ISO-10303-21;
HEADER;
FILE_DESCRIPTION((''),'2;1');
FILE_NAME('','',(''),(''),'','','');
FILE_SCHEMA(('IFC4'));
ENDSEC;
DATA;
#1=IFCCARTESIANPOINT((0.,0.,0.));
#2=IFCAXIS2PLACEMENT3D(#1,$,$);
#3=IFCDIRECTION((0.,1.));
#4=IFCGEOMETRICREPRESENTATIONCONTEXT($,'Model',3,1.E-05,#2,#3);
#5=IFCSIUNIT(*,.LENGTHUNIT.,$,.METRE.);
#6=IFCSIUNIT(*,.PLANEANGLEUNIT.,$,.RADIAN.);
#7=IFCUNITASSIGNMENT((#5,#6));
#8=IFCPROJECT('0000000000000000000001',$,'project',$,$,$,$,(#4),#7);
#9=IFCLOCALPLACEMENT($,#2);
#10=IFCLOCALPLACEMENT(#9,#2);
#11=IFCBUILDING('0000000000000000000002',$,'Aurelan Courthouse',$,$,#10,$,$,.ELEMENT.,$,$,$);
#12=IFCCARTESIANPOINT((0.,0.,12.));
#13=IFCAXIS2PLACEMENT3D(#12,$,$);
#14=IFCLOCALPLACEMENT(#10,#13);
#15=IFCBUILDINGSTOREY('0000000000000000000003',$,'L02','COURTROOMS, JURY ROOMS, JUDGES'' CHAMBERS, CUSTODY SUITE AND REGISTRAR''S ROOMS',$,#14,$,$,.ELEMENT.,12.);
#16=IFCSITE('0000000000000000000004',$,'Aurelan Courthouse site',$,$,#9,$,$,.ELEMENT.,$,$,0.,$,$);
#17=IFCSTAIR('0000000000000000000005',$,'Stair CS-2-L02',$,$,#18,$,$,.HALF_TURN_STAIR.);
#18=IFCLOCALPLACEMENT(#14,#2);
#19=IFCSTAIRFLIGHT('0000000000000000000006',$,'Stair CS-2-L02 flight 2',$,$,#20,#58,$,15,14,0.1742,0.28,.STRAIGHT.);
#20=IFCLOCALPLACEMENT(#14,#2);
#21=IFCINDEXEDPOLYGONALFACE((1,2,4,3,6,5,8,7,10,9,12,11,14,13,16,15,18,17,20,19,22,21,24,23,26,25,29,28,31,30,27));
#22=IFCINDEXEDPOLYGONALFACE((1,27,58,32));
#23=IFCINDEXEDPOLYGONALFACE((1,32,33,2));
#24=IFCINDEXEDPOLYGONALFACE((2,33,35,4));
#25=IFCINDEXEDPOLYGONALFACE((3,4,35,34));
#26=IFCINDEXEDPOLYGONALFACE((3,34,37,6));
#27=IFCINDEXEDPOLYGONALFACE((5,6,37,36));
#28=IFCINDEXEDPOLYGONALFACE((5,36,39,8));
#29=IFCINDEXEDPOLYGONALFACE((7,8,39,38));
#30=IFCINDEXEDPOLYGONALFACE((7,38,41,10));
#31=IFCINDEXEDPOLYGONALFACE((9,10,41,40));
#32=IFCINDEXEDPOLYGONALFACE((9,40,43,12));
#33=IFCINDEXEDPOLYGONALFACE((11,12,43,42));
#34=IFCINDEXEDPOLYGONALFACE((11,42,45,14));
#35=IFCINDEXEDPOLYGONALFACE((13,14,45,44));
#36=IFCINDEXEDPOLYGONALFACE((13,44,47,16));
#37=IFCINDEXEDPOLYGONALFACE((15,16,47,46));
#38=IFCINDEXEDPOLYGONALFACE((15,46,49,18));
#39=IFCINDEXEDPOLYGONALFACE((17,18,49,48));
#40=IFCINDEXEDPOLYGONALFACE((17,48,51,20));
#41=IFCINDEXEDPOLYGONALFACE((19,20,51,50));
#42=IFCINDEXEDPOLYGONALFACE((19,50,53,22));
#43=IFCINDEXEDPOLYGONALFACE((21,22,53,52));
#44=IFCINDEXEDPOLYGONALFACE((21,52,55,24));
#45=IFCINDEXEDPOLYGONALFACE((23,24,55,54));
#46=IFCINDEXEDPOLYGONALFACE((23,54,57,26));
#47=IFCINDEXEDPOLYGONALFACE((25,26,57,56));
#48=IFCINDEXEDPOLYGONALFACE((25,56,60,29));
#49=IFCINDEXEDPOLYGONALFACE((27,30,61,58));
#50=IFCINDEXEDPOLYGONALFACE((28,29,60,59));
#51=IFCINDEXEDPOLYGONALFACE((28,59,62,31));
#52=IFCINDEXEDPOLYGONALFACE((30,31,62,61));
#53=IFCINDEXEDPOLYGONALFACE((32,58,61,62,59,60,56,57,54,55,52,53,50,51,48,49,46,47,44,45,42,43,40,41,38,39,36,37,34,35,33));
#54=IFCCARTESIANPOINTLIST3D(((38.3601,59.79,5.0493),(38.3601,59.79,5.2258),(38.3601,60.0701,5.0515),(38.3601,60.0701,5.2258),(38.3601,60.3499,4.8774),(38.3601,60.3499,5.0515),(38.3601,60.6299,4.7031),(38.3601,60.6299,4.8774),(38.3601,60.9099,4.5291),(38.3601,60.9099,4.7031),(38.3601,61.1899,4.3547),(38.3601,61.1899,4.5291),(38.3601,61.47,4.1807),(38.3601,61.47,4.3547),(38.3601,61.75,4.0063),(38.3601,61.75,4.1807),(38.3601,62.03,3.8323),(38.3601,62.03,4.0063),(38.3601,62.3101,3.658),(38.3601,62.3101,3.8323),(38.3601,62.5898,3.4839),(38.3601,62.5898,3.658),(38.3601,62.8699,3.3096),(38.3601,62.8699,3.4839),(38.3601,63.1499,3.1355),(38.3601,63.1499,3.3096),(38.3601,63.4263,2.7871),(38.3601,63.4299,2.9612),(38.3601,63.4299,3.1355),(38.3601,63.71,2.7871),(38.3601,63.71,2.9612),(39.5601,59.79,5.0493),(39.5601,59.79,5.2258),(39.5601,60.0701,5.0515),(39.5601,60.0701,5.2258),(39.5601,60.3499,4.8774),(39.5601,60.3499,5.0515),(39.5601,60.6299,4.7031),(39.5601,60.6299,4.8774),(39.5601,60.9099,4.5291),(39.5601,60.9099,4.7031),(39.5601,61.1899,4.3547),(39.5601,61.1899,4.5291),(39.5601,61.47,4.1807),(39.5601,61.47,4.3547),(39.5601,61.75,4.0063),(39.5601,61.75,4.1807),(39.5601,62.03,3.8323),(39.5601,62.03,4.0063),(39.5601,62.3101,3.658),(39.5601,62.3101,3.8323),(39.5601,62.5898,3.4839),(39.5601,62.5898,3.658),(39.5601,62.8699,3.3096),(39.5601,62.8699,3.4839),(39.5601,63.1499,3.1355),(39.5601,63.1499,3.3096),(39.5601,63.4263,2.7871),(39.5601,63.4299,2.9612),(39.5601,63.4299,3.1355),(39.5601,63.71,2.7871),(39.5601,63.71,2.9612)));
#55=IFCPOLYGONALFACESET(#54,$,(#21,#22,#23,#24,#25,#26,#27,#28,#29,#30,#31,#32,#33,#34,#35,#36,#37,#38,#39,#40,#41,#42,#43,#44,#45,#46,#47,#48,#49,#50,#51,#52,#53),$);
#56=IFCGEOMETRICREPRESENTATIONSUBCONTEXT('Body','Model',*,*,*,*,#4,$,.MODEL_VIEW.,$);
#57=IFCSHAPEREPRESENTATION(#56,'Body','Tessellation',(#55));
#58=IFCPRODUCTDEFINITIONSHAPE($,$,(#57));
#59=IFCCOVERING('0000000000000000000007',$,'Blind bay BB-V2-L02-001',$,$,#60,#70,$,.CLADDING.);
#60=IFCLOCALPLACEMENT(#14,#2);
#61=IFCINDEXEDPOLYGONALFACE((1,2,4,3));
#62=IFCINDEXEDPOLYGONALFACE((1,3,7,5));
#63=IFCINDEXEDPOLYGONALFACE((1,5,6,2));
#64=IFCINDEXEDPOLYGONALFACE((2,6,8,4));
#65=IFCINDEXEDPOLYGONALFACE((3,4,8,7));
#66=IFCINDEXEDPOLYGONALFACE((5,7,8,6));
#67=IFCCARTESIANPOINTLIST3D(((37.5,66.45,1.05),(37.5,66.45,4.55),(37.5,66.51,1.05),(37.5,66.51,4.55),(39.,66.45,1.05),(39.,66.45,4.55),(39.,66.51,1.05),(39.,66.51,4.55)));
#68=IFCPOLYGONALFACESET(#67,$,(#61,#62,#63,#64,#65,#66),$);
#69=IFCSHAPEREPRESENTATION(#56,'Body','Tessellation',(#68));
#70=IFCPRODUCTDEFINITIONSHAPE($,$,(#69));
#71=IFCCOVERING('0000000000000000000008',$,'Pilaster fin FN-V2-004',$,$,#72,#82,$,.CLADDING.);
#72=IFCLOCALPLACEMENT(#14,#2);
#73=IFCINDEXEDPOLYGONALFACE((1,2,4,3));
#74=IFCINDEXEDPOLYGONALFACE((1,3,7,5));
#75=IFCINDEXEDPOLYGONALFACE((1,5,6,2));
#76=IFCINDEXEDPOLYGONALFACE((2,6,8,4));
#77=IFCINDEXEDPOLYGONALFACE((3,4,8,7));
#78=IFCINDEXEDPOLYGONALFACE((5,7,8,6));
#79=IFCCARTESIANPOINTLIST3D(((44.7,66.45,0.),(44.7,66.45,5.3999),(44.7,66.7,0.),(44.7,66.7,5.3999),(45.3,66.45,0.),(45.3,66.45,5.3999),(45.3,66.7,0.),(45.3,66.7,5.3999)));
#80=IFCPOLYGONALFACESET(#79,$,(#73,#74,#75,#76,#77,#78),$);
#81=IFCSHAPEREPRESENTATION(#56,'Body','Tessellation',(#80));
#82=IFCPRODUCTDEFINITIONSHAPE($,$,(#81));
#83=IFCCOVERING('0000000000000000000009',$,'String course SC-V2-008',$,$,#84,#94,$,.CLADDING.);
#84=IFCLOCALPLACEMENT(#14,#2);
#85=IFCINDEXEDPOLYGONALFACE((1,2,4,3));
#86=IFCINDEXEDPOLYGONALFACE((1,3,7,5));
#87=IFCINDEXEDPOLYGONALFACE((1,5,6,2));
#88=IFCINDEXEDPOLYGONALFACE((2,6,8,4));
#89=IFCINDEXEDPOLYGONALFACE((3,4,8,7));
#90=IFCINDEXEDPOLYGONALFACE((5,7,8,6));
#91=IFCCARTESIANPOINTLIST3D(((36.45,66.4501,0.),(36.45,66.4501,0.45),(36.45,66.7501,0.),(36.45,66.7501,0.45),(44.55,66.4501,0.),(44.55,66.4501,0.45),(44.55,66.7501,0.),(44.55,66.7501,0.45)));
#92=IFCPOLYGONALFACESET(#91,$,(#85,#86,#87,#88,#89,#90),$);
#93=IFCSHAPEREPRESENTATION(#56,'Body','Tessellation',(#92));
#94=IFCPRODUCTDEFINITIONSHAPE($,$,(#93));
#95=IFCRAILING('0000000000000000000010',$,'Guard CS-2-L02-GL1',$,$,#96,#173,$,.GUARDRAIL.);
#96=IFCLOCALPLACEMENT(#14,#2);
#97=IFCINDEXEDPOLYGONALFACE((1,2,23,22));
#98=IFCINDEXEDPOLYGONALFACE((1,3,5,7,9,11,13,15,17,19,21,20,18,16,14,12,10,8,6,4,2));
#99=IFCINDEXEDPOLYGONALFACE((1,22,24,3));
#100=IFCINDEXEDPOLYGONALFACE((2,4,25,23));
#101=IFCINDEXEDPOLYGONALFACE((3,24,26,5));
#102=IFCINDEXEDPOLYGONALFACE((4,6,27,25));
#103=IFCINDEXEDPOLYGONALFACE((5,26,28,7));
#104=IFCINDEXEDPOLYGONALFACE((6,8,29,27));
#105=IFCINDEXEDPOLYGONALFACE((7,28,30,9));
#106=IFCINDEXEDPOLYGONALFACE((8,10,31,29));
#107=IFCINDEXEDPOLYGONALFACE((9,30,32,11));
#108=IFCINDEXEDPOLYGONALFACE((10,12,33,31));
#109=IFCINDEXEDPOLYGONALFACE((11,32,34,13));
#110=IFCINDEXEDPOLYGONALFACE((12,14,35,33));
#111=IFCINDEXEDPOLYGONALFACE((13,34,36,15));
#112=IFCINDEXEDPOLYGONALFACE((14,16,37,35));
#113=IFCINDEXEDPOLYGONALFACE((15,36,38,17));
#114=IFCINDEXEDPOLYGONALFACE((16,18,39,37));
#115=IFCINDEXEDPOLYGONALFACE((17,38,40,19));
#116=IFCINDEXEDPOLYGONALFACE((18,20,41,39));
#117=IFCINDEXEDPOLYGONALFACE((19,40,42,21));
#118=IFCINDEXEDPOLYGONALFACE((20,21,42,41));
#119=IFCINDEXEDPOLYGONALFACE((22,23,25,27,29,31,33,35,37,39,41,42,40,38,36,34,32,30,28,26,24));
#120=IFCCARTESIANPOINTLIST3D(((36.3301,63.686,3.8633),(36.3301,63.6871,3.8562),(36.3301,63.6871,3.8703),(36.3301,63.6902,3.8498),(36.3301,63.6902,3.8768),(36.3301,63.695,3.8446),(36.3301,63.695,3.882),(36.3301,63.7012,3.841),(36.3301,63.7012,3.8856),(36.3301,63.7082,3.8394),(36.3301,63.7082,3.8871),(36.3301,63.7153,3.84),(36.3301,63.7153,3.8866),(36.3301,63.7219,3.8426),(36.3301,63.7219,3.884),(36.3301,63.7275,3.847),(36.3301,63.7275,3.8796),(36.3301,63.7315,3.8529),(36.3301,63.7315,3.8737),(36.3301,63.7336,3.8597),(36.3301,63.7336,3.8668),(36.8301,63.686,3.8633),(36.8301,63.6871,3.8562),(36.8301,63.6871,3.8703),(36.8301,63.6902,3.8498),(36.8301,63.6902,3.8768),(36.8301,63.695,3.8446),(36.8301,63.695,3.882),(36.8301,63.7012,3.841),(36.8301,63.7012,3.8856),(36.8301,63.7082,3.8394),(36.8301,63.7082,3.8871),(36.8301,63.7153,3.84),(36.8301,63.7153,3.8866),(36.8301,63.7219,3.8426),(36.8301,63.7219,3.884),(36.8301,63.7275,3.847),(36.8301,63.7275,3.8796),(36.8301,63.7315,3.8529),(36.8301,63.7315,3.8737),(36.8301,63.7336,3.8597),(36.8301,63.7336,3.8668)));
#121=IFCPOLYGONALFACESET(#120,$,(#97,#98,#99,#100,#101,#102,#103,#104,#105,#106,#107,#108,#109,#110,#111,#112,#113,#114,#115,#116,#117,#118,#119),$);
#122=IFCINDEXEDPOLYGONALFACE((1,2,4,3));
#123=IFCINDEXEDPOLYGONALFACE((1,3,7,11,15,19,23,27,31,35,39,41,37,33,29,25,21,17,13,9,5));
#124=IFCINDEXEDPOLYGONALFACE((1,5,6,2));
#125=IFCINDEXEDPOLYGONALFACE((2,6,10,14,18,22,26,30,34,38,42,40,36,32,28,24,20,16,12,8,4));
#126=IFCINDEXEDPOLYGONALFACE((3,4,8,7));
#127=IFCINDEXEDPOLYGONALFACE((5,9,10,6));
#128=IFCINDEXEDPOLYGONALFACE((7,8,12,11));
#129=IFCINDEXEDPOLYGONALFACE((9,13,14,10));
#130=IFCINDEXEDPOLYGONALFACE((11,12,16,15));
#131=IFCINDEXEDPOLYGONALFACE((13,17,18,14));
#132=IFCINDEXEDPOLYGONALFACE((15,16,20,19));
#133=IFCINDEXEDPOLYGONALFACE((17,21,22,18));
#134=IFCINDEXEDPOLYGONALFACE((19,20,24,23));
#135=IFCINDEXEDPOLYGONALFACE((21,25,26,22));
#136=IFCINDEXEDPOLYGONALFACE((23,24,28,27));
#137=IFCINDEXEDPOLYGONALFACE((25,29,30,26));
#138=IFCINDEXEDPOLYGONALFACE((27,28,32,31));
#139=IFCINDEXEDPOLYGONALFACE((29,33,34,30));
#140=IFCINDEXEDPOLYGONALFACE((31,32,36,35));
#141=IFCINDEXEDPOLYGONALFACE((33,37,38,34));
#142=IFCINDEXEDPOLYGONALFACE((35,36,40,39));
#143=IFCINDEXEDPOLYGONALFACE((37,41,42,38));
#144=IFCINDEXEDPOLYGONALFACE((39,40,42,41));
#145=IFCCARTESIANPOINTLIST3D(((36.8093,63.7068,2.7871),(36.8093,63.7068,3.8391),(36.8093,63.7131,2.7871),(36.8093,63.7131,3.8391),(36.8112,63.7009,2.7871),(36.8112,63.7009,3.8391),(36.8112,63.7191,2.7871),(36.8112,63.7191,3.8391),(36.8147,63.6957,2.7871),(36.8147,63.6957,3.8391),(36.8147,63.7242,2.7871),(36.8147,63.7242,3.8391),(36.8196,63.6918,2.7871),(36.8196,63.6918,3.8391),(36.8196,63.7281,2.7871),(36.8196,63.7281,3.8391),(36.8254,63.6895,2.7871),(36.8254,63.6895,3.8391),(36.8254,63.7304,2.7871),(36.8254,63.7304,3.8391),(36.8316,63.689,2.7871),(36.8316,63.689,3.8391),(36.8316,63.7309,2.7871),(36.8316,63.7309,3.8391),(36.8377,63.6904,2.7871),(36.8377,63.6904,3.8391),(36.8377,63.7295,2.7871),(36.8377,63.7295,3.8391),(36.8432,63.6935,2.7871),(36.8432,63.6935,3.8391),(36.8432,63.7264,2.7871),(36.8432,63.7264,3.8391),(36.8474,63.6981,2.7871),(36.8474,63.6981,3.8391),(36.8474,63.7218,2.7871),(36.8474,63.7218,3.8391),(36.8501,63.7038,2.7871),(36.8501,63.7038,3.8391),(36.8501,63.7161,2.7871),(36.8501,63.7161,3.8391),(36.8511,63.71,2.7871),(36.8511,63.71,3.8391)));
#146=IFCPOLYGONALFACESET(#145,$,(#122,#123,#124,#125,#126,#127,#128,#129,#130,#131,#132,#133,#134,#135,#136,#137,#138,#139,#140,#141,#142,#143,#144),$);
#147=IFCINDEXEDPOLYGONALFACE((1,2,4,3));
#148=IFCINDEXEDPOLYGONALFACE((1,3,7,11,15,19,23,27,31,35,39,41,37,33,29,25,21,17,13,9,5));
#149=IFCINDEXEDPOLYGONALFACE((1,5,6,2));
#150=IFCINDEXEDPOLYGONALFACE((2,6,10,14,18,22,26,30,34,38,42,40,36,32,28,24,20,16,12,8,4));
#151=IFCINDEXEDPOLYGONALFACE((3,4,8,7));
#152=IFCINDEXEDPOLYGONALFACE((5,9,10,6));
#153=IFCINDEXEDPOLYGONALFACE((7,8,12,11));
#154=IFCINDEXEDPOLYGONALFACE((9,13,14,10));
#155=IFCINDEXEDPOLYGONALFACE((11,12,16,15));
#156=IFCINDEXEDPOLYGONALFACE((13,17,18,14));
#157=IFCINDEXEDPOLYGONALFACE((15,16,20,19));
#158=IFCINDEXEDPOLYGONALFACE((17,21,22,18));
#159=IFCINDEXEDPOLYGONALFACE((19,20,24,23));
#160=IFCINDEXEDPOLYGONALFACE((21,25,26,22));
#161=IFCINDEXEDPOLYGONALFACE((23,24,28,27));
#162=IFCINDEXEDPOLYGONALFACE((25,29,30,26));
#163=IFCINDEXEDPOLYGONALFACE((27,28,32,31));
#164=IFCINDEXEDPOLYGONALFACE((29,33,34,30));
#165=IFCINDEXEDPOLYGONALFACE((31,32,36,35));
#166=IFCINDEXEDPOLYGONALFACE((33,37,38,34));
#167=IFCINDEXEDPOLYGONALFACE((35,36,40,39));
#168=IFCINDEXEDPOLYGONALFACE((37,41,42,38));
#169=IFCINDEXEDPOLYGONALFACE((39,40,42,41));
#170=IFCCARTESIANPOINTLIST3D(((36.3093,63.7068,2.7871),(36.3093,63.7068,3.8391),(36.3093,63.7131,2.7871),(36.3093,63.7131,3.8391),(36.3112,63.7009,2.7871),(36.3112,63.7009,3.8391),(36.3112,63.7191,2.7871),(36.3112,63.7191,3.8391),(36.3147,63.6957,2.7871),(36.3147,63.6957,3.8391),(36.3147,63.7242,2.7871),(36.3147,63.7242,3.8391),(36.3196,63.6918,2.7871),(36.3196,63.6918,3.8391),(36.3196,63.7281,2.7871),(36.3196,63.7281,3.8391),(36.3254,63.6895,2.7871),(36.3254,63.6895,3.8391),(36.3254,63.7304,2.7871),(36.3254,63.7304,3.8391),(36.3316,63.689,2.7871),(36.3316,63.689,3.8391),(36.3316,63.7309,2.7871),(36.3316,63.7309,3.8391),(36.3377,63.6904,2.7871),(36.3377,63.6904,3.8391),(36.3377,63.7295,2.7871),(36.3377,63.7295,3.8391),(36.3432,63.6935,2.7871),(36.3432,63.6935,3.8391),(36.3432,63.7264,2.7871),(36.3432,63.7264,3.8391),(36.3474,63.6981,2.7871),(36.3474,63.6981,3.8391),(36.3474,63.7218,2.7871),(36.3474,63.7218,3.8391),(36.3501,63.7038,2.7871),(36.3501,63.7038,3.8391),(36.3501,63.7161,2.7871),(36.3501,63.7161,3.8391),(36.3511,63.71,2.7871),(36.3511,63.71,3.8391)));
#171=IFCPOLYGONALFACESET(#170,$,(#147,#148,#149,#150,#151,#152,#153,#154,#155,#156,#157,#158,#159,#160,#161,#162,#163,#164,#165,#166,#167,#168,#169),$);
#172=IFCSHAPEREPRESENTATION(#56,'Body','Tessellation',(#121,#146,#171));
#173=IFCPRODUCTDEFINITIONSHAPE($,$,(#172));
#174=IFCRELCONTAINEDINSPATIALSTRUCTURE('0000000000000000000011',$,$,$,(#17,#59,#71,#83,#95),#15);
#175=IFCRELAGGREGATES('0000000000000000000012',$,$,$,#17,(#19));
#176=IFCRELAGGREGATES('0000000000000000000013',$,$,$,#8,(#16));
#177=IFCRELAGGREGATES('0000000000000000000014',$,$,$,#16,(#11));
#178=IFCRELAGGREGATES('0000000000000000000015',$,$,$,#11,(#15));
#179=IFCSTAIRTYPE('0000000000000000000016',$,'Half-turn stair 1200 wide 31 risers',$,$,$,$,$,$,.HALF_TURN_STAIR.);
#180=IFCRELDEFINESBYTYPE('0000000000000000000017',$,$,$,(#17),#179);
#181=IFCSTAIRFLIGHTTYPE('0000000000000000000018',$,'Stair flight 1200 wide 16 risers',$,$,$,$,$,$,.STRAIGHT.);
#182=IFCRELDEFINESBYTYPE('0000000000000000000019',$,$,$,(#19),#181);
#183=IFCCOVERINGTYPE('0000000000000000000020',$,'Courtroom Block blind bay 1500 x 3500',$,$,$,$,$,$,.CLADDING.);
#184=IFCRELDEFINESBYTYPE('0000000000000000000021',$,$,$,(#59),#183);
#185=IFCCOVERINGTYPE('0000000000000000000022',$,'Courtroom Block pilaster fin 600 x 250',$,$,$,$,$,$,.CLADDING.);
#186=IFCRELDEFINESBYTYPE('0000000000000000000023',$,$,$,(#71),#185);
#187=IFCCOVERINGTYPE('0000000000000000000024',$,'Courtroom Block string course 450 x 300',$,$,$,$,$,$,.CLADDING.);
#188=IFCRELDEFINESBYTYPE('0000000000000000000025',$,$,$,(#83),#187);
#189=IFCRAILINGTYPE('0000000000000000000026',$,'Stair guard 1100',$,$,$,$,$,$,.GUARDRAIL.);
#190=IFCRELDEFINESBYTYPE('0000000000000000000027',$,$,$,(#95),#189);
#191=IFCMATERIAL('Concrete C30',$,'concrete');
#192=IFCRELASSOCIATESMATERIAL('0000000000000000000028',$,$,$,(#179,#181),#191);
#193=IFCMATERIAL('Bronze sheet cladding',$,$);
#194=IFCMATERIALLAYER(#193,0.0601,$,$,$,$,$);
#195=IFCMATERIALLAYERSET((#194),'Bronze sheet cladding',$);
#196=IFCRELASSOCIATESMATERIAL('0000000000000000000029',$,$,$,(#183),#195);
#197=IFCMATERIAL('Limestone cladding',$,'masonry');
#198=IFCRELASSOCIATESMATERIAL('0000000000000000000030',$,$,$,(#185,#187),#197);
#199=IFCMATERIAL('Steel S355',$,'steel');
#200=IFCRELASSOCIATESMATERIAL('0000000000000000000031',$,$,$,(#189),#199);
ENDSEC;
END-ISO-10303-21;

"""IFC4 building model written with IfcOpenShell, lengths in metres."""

from ifc_helpers import new_model, si_unit, direction, frame, origin, origin_2d, place, context, subcontext, project, spatial, polyline, rectangle, circle, outline, extrude, material, layer, layer_set, type_object, element, aggregate, save


model = new_model("IFC4")

# Units and contexts
model_context = context("Model", 3, precision=1e-05, world=origin(), true_north=direction((0.0, 1.0)))
body_context = subcontext(model_context, "Body", "Model", "MODEL_VIEW")
ifc_project = project(units=[si_unit("LENGTHUNIT", "METRE"), si_unit("PLANEANGLEUNIT", "RADIAN")], contexts=[model_context])

# Site, building, storey
site_placement = place(None, origin())
site = spatial("IfcSite", under=ifc_project, at=site_placement, Name="Aurelan Courthouse site", CompositionType="ELEMENT", RefElevation=0.0)
building_placement = place(site_placement, origin())
building = spatial("IfcBuilding", under=site, at=building_placement, Name="Aurelan Courthouse", CompositionType="ELEMENT")
storey_placement = place(building_placement, frame((0.0, 0.0, 12.0)))
storey = spatial("IfcBuildingStorey", under=building, at=storey_placement, Name="L02", Description="COURTROOMS, JURY ROOMS, JUDGES' CHAMBERS, CUSTODY SUITE AND REGISTRAR'S ROOMS", CompositionType="ELEMENT", Elevation=12.0)

# Shared definitions
ifc_material_1 = material(Name="Limestone cladding", Category="masonry")
ifc_material_2 = material(Name="Concrete C30", Category="concrete")

# Stair, stair flight
stair_type = type_object("IfcStairType", Name="Half-turn stair 1200 wide 31 risers", PredefinedType="HALF_TURN_STAIR", material=ifc_material_2)
stair_placement = place(storey_placement, origin())
stair = element("IfcStair", 1, at=stair_placement, inside=storey, type_object=stair_type, Name="Stair CS-2-L02", PredefinedType="HALF_TURN_STAIR")
stair_flight_type = type_object("IfcStairFlightType", Name="Stair flight 1200 wide 16 risers", PredefinedType="STRAIGHT", material=ifc_material_2)
stair_flight_placement = place(storey_placement, frame((38.96, 63.71, 2.7871), z_axis=(0.0, 0.0, 1.0), x_axis=(0.0, -1.0, 0.0)))
stair_flight = element("IfcStairFlight", 2, at=stair_flight_placement, type_object=stair_flight_type, Name="Stair CS-2-L02 flight 2", NumberOfRisers=15, NumberOfTreads=14, PredefinedType="STRAIGHT", RiserHeight=0.1742, TreadLength=0.28, context=body_context, shape_type="SweptSolid", body=[
    extrude(outline(polyline([(0.0, 0.0), (0.0, 0.1741), (0.28, 0.1741), (0.28, 0.3484), (0.5601, 0.3484), (0.5601, 0.5225), (0.8401, 0.5225), (0.8401, 0.6968), (1.1201, 0.6968), (1.1201, 0.8708), (1.3999, 0.8708), (1.3999, 1.0452), (1.6799, 1.0452), (1.6799, 1.2192), (1.96, 1.2192), (1.96, 1.3936), (2.24, 1.3936), (2.24, 1.5676), (2.52, 1.5676), (2.52, 1.7419), (2.8, 1.7419), (2.8, 1.916), (3.0801, 1.916), (3.0801, 2.0903), (3.3601, 2.0903), (3.3601, 2.2644), (3.6399, 2.2644), (3.6399, 2.4387), (3.9199, 2.4387), (3.9199, 2.6128), (3.9199, 2.2622), (0.2837, 0.0), (0.0, 0.0)])), frame((0.0, 0.6001, 0.0), z_axis=(0.0, -1.0, 0.0), x_axis=(1.0, 0.0, 0.0)), (0.0, 0.0, 1.0), 1.2),
])
aggregate(stair, [stair_flight])

# Coverings
ifc_material_3 = material(Name="Bronze sheet cladding")
ifc_layer_1 = layer(ifc_material_3, 0.0601)
ifc_layer_set_1 = layer_set([ifc_layer_1], Name="Bronze sheet cladding")
covering_type_1 = type_object("IfcCoveringType", Name="Courtroom Block blind bay 1500 x 3500", PredefinedType="CLADDING", material=ifc_layer_set_1)
covering_1_placement = place(storey_placement, frame((38.25, 66.48, 1.05), z_axis=(0.0, 0.0, 1.0), x_axis=(1.0, 0.0, 0.0)))
element("IfcCovering", 3, at=covering_1_placement, inside=storey, type_object=covering_type_1, Name="Blind bay BB-V2-L02-001", PredefinedType="CLADDING", context=body_context, shape_type="SweptSolid", body=[
    extrude(rectangle(XDim=1.5, YDim=0.0601, at=origin_2d()), origin(), (0.0, 0.0, 1.0), 3.5),
])
covering_type_2 = type_object("IfcCoveringType", Name="Courtroom Block pilaster fin 600 x 250", PredefinedType="CLADDING", material=ifc_material_1)
covering_2_placement = place(storey_placement, frame((45.0, 66.575, 0.0), z_axis=(0.0, 0.0, 1.0), x_axis=(1.0, 0.0, 0.0)))
element("IfcCovering", 4, at=covering_2_placement, inside=storey, type_object=covering_type_2, Name="Pilaster fin FN-V2-004", PredefinedType="CLADDING", context=body_context, shape_type="SweptSolid", body=[
    extrude(rectangle(XDim=0.6001, YDim=0.25, at=origin_2d()), origin(), (0.0, 0.0, 1.0), 5.3999),
])
covering_type_3 = type_object("IfcCoveringType", Name="Courtroom Block string course 450 x 300", PredefinedType="CLADDING", material=ifc_material_1)
covering_3_placement = place(storey_placement, frame((40.5, 66.6001, 0.0), z_axis=(0.0, 0.0, 1.0), x_axis=(1.0, 0.0, 0.0)))
element("IfcCovering", 5, at=covering_3_placement, inside=storey, type_object=covering_type_3, Name="String course SC-V2-008", PredefinedType="CLADDING", context=body_context, shape_type="SweptSolid", body=[
    extrude(rectangle(XDim=8.1001, YDim=0.3, at=origin_2d()), origin(), (0.0, 0.0, 1.0), 0.45),
])

# Railing
ifc_material_4 = material(Name="Steel S355", Category="steel")
railing_type_1 = type_object("IfcRailingType", Name="Stair guard 1100", PredefinedType="GUARDRAIL", material=ifc_material_4)
railing_1_placement = place(storey_placement, frame((36.8301, 63.71, 2.7871)))
element("IfcRailing", 6, at=railing_1_placement, inside=storey, type_object=railing_type_1, Name="Guard CS-2-L02-GL1", PredefinedType="GUARDRAIL", context=body_context, shape_type="SweptSolid", body=[
    extrude(circle(Radius=0.0239, at=origin_2d()), frame((0.0, 0.0, 1.0762), z_axis=(-1.0, 0.0, 0.0), x_axis=(0.0, -1.0, 0.0)), (0.0, 0.0, 1.0), 0.5),
    extrude(circle(Radius=0.021, at=origin_2d()), origin(), (0.0, 0.0, 1.0), 1.052),
    extrude(circle(Radius=0.021, at=origin_2d()), frame((-0.5, 0.0, 0.0)), (0.0, 0.0, 1.0), 1.052),
])

save(model, "model.ifc")
